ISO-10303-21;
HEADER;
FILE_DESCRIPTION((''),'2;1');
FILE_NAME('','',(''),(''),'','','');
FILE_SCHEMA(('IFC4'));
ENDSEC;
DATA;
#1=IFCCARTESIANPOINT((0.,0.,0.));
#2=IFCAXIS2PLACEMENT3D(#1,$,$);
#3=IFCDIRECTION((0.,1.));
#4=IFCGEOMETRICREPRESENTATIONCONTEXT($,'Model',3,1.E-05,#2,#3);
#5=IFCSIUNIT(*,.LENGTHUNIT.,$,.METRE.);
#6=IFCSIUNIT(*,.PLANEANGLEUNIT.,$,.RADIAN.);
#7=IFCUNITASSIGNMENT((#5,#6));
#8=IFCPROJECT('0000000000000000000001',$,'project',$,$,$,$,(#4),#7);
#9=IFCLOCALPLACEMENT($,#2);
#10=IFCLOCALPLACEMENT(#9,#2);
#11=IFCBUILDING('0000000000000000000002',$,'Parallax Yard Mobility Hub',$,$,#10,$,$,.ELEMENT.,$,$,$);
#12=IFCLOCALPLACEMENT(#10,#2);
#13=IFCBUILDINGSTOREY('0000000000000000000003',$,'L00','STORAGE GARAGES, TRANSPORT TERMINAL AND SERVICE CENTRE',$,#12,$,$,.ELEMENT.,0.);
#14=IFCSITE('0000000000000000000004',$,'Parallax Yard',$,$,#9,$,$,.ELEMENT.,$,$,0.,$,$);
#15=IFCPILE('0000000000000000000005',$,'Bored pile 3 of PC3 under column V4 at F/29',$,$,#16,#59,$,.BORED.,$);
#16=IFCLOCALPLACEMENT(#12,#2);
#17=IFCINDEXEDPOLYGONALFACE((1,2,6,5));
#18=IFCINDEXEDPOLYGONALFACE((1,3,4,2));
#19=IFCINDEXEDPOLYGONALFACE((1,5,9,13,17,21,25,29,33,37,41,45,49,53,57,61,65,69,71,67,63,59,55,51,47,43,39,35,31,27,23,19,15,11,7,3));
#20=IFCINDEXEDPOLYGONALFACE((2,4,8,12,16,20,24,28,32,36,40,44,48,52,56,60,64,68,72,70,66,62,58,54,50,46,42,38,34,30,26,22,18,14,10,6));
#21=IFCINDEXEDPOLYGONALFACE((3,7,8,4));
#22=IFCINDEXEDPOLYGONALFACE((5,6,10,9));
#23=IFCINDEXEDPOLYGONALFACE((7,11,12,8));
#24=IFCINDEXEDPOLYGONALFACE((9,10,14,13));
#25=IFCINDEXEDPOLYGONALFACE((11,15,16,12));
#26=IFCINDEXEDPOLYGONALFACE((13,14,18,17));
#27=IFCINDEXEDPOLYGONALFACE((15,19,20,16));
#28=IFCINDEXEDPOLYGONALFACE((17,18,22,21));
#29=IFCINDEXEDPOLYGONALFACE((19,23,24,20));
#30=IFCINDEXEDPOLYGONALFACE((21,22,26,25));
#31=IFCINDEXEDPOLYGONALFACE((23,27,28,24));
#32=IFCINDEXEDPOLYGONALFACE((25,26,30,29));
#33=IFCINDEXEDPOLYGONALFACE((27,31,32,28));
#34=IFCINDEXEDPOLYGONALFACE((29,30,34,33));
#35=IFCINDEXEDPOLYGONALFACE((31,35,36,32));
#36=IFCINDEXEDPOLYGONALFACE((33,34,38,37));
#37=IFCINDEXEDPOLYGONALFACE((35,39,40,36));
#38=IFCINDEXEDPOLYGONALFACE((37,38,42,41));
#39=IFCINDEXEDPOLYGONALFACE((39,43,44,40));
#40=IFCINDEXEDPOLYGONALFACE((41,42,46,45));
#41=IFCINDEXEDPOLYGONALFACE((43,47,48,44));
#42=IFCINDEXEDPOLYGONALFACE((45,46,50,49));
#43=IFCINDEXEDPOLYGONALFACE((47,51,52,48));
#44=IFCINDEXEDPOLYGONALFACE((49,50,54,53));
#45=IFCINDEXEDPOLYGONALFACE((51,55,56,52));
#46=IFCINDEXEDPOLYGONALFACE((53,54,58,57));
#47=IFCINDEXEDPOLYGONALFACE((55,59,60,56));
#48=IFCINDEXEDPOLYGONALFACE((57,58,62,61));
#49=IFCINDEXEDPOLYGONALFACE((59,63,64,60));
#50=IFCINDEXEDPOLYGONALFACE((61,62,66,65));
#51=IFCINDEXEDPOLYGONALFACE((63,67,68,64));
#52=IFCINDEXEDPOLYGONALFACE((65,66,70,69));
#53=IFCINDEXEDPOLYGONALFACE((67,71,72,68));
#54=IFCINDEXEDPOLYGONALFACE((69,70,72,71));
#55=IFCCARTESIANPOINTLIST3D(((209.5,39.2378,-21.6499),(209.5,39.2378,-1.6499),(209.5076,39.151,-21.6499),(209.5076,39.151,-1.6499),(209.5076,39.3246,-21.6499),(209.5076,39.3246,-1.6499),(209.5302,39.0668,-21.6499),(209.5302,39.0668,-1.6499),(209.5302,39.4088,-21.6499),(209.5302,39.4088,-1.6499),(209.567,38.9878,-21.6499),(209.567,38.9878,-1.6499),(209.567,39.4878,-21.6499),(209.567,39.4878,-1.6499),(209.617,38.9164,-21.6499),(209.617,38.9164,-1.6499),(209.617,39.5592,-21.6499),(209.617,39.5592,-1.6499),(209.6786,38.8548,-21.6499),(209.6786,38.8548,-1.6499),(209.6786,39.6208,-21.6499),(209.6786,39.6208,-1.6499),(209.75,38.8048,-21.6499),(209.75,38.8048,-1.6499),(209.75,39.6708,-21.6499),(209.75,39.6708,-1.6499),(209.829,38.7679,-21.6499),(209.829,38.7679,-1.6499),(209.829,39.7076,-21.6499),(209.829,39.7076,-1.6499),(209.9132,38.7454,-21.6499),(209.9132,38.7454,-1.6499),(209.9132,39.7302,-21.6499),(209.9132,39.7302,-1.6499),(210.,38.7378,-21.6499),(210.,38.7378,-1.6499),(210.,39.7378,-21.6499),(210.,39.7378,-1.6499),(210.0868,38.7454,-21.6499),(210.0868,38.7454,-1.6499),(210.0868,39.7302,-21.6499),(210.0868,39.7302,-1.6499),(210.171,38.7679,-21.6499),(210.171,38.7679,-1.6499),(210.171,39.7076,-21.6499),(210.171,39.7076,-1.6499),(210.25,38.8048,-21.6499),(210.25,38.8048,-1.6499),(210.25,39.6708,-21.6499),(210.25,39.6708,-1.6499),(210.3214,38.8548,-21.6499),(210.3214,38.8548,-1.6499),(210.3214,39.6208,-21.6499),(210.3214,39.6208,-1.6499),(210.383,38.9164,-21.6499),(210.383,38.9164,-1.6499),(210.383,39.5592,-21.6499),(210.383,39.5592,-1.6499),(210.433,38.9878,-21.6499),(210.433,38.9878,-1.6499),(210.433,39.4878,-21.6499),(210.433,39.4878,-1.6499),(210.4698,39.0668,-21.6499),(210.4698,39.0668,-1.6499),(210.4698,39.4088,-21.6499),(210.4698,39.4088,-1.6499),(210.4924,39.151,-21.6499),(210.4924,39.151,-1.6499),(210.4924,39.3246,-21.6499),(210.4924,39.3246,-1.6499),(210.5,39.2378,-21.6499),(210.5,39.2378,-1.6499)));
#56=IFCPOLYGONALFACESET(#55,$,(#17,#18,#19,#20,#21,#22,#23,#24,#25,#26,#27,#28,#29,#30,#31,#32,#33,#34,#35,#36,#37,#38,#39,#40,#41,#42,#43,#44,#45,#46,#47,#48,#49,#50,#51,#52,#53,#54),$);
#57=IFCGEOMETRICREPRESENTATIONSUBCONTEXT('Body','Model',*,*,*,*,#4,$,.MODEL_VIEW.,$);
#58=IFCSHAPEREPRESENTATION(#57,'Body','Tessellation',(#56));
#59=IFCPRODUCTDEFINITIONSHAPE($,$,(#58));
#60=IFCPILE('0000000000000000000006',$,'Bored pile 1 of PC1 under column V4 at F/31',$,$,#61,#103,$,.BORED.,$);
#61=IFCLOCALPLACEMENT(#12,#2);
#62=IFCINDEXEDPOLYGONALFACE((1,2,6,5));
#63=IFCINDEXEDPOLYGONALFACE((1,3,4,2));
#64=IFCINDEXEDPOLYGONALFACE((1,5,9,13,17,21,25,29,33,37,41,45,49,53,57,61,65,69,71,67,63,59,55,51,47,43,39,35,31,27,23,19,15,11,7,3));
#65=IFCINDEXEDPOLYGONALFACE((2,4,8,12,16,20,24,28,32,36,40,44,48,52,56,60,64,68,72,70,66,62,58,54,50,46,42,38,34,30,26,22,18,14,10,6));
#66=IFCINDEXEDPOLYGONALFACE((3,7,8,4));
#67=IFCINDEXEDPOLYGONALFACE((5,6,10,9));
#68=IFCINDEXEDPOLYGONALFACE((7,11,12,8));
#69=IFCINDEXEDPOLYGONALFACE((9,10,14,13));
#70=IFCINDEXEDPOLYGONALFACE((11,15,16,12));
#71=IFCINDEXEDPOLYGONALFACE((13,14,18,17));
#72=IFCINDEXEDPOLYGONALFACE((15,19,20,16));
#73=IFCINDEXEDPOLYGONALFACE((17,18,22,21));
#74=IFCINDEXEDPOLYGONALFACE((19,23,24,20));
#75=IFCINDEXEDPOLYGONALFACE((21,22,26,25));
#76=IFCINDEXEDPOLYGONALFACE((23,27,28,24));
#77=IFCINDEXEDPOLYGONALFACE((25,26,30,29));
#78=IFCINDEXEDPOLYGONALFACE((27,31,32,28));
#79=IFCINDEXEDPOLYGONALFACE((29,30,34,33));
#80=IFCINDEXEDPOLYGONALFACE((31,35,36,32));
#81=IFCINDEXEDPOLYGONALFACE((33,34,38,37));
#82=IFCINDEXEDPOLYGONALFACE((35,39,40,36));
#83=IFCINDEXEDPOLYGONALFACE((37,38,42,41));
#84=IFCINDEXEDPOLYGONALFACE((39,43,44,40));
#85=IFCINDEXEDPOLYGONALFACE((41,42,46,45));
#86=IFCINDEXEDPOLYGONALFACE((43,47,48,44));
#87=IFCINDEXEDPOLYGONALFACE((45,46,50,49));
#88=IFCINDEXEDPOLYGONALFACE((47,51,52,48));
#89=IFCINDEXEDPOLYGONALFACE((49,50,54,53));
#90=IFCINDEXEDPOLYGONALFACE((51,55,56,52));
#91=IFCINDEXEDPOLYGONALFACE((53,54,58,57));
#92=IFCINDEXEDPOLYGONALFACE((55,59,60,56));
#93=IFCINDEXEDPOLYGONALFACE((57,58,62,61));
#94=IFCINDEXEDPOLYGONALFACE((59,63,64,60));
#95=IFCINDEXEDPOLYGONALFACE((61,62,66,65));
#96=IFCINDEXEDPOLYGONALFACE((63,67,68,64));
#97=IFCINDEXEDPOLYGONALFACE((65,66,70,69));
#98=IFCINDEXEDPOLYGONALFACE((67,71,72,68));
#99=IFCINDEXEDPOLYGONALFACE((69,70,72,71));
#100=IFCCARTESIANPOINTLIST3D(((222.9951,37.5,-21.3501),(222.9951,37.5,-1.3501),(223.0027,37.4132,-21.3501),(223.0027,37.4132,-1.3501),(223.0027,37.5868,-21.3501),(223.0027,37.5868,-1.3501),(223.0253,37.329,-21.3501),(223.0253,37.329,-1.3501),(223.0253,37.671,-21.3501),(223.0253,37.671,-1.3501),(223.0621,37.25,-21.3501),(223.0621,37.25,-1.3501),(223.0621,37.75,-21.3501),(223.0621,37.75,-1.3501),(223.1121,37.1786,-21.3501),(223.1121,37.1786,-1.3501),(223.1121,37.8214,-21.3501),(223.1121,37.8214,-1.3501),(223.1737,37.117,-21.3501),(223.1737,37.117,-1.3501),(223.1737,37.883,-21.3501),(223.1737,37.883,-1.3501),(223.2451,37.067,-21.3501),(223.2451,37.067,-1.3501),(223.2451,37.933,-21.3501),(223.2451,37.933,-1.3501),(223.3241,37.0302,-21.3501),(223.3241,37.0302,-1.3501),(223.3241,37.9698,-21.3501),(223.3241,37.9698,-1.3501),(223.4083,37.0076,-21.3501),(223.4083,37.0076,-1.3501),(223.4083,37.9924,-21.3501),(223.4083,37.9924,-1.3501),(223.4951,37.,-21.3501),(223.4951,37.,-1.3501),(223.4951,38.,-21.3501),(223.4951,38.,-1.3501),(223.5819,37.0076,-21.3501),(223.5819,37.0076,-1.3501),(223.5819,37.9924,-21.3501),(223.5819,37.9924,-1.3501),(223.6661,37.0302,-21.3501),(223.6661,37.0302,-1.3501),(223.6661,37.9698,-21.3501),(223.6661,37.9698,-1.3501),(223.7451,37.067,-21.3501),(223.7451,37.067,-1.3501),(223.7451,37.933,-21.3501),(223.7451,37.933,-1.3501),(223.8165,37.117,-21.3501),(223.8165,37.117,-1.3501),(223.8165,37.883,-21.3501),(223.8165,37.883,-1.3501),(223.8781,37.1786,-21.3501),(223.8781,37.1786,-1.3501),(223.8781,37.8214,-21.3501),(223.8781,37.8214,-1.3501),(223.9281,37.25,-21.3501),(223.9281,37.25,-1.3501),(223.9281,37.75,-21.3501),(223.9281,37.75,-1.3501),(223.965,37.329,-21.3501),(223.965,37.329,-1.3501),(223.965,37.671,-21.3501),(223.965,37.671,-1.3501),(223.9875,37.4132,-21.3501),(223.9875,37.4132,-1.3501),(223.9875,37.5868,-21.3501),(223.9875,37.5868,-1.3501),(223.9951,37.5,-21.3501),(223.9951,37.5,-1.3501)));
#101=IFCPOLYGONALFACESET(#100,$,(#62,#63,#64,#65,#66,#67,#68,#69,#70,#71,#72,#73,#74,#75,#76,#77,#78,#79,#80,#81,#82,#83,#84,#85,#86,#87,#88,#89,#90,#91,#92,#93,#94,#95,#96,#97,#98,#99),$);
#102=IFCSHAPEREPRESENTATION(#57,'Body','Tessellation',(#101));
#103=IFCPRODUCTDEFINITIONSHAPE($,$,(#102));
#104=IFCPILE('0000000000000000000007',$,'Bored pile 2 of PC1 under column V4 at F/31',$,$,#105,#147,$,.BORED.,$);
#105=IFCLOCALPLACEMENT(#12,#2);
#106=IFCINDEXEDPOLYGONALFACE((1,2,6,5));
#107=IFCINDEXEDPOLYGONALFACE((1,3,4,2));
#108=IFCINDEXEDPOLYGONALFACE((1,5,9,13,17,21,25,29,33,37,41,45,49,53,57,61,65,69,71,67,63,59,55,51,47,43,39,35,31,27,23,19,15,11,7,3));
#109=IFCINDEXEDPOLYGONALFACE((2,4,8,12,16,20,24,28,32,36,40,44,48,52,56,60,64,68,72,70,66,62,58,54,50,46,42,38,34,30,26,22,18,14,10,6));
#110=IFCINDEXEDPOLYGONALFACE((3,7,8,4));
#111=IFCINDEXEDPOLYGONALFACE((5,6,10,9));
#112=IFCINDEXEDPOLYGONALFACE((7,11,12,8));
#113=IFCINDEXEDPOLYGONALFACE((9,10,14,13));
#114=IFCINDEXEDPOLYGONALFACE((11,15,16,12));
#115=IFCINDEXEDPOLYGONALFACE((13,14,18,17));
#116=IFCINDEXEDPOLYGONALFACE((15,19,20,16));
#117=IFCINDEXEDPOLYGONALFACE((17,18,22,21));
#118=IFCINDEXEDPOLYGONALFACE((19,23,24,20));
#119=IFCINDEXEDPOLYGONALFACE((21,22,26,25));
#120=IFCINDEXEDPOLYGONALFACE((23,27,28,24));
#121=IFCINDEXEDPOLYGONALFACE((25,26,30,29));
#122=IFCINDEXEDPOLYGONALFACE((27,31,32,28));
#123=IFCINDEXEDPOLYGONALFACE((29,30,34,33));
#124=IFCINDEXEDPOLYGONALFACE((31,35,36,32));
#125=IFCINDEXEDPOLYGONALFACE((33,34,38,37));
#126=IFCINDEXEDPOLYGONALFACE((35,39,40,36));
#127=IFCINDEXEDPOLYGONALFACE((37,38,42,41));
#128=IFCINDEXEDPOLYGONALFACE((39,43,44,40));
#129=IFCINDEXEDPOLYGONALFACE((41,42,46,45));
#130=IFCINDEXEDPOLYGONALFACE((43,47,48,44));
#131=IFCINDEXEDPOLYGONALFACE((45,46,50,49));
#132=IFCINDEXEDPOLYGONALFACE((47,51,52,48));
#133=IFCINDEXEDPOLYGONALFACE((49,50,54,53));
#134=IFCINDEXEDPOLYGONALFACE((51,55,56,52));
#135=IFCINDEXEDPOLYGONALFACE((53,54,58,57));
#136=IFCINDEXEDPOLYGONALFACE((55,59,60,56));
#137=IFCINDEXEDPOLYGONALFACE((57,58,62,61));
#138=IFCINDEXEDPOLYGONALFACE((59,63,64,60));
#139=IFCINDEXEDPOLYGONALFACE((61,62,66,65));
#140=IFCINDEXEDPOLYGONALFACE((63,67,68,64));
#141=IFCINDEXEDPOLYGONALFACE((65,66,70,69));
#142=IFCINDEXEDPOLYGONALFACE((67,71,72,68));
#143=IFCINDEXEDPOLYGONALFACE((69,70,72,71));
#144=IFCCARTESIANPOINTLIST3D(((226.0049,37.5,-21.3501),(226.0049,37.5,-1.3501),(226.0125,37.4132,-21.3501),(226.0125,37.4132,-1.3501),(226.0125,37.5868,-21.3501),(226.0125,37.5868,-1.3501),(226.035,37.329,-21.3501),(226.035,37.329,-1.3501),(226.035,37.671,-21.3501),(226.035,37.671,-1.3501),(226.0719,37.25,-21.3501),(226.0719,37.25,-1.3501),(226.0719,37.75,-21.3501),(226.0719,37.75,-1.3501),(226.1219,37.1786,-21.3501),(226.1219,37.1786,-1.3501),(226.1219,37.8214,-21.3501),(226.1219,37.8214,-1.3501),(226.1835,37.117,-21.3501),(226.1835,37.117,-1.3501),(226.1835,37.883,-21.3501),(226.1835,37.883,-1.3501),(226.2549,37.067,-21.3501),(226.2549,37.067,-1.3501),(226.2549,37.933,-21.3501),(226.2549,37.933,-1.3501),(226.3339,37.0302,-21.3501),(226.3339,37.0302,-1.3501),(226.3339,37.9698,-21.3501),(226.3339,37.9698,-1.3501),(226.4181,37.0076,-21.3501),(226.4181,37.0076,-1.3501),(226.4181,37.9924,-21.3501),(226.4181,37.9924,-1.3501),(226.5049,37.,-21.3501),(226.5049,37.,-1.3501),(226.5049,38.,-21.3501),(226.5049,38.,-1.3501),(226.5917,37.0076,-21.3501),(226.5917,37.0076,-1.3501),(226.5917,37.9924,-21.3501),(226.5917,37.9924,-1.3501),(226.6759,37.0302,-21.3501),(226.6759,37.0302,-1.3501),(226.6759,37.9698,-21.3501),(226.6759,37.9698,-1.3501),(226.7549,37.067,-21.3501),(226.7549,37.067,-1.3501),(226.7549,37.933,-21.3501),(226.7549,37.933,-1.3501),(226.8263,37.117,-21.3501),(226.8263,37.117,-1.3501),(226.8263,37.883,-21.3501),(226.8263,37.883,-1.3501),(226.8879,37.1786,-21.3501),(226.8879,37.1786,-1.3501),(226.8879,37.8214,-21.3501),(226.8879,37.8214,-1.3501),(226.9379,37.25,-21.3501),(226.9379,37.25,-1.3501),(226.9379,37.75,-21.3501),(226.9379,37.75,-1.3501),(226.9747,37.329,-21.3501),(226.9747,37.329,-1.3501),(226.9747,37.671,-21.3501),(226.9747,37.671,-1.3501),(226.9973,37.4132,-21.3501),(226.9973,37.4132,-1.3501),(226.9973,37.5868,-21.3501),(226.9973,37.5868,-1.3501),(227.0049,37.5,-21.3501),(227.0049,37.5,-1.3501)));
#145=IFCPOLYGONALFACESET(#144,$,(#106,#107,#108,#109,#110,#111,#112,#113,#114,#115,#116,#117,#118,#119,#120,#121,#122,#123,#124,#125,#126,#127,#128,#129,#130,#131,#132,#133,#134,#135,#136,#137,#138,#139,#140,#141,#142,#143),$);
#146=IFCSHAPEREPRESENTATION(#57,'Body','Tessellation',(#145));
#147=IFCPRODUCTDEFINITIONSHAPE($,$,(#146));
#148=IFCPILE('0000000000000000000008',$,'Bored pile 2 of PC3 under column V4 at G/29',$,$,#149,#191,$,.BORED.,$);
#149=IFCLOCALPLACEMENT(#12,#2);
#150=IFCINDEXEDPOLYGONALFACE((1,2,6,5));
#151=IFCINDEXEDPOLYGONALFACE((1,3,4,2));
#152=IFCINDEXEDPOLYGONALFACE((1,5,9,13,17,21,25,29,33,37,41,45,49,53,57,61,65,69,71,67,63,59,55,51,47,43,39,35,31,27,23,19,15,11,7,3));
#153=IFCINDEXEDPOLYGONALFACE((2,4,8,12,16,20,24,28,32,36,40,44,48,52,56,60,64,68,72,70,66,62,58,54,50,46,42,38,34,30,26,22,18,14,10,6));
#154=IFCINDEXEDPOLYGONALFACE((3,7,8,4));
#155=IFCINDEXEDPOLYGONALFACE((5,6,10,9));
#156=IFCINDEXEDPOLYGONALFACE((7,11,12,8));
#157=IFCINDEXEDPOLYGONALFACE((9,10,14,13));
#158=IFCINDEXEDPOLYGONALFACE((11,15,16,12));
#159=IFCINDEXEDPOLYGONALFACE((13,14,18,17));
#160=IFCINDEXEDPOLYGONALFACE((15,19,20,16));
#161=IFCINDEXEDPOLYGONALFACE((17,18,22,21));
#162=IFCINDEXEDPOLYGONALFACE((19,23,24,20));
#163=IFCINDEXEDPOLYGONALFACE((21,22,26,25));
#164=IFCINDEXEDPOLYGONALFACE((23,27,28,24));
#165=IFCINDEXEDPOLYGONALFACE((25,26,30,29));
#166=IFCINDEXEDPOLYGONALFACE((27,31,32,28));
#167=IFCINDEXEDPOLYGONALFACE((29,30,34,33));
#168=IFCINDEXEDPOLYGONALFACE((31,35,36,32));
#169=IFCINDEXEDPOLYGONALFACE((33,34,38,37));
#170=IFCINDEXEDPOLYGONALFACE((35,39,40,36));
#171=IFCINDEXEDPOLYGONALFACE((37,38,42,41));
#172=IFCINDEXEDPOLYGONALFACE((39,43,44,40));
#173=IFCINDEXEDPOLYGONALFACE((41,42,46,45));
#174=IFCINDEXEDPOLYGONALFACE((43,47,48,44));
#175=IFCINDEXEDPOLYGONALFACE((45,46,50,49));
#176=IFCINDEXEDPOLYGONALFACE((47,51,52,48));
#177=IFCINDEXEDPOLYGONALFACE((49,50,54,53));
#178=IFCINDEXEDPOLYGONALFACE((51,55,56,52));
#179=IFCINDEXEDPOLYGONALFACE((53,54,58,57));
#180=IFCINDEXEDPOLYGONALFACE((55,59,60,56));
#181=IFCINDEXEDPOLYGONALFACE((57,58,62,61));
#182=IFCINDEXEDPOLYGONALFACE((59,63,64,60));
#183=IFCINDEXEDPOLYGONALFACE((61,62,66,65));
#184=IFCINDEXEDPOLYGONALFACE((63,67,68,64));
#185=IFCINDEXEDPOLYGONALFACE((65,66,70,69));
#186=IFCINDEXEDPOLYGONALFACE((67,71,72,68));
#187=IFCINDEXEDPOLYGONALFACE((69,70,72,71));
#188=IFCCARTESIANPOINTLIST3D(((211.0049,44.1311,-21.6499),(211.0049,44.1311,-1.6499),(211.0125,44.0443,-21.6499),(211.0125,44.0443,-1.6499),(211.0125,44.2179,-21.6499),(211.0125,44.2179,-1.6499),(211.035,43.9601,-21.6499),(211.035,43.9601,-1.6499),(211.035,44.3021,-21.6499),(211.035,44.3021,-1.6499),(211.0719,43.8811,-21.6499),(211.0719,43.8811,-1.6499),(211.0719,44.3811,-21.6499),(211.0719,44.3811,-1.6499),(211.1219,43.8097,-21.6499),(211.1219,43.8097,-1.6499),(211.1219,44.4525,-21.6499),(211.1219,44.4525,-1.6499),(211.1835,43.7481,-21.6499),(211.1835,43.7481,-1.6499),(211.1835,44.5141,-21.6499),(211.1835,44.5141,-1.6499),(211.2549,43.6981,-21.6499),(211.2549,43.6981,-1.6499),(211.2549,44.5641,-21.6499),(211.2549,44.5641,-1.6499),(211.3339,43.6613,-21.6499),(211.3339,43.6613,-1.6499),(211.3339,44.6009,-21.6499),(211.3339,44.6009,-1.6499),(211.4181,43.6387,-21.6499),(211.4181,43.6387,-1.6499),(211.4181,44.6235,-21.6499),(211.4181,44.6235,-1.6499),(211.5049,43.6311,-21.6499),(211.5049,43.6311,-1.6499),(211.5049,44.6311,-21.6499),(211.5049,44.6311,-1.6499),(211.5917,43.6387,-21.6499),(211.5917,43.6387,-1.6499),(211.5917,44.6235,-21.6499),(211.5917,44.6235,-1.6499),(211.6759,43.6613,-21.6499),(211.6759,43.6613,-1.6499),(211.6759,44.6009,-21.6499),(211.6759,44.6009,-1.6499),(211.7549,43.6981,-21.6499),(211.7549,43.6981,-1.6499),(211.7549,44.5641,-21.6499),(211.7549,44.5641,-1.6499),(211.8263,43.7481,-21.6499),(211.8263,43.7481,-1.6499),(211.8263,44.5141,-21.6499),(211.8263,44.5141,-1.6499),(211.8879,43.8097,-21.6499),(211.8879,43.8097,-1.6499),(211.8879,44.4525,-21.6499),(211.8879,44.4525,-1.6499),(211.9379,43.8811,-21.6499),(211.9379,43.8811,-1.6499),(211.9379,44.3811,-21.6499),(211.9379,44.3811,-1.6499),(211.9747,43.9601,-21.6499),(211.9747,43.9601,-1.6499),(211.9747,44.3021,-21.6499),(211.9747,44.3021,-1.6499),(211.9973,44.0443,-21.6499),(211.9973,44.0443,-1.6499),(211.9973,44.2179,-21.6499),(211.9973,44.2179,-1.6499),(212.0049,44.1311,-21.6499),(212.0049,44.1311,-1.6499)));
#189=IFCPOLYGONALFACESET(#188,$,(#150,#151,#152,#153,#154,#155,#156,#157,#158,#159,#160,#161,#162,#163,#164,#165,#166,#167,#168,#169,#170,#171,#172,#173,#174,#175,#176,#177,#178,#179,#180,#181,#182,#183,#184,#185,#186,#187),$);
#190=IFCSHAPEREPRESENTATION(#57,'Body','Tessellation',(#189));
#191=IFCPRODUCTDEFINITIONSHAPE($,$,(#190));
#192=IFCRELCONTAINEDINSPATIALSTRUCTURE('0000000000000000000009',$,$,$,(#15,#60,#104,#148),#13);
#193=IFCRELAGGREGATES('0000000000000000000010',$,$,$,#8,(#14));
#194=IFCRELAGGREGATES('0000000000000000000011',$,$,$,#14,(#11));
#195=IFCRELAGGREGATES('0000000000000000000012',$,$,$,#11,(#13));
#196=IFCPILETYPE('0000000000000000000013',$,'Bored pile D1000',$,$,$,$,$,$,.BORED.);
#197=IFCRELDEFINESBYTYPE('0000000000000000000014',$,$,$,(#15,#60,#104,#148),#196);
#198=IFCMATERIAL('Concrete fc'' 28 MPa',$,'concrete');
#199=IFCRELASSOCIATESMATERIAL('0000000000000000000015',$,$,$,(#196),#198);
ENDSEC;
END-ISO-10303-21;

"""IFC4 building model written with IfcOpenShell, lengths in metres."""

from ifc_helpers import new_model, si_unit, direction, frame, origin, origin_2d, place, context, subcontext, project, spatial, circle, extrude, material, material_profile, profile_set, type_object, element, save


model = new_model("IFC4")

# Units and contexts
model_context = context("Model", 3, precision=1e-05, world=origin(), true_north=direction((0.0, 1.0)))
body_context = subcontext(model_context, "Body", "Model", "MODEL_VIEW")
ifc_project = project(units=[si_unit("LENGTHUNIT", "METRE"), si_unit("PLANEANGLEUNIT", "RADIAN")], contexts=[model_context])

# Site, building, storey
site_placement = place(None, origin())
site = spatial("IfcSite", under=ifc_project, at=site_placement, Name="Parallax Yard", CompositionType="ELEMENT", RefElevation=0.0)
building_placement = place(site_placement, origin())
building = spatial("IfcBuilding", under=site, at=building_placement, Name="Parallax Yard Mobility Hub", CompositionType="ELEMENT")
storey_placement = place(building_placement, origin())
storey = spatial("IfcBuildingStorey", under=building, at=storey_placement, Name="L00", Description="STORAGE GARAGES, TRANSPORT TERMINAL AND SERVICE CENTRE", CompositionType="ELEMENT", Elevation=0.0)

# Piles
ifc_material_1 = material(Name="Concrete fc' 28 MPa", Category="concrete")
ifc_material_profile_1 = material_profile(ifc_material_1, circle(Radius=0.5, at=origin_2d()), Name="Bored pile D1000")
ifc_profile_set_1 = profile_set([ifc_material_profile_1], Name="Concrete fc' 28 MPa")
pile_type = type_object("IfcPileType", Name="Bored pile D1000", PredefinedType="BORED", material=ifc_profile_set_1)
for number, where, z_axis, x_axis, name in (
    (1, (210.0, 39.2378, -1.6499), (0.0, 0.0, -1.0), (1.0, 0.0, 0.0), "Bored pile 3 of PC3 under column V4 at F/29"),
    (2, (223.4951, 37.5, -1.3501), (0.0, 0.0, -1.0), (1.0, 0.0, 0.0), "Bored pile 1 of PC1 under column V4 at F/31"),
    (3, (226.5049, 37.5, -1.3501), (0.0, 0.0, -1.0), (1.0, 0.0, 0.0), "Bored pile 2 of PC1 under column V4 at F/31"),
    (4, (211.5049, 44.1311, -1.6499), (0.0, 0.0, -1.0), (1.0, 0.0, 0.0), "Bored pile 2 of PC3 under column V4 at G/29"),
):
    element("IfcPile", number, at=place(storey_placement, frame(where, z_axis=z_axis, x_axis=x_axis)), inside=storey, type_object=pile_type, Name=name, PredefinedType="BORED", context=body_context, shape_type="SweptSolid", body=[
        extrude(circle(Radius=0.5, at=origin_2d()), origin(), (0.0, 0.0, 1.0), 20.0),
    ])

save(model, "model.ifc")
